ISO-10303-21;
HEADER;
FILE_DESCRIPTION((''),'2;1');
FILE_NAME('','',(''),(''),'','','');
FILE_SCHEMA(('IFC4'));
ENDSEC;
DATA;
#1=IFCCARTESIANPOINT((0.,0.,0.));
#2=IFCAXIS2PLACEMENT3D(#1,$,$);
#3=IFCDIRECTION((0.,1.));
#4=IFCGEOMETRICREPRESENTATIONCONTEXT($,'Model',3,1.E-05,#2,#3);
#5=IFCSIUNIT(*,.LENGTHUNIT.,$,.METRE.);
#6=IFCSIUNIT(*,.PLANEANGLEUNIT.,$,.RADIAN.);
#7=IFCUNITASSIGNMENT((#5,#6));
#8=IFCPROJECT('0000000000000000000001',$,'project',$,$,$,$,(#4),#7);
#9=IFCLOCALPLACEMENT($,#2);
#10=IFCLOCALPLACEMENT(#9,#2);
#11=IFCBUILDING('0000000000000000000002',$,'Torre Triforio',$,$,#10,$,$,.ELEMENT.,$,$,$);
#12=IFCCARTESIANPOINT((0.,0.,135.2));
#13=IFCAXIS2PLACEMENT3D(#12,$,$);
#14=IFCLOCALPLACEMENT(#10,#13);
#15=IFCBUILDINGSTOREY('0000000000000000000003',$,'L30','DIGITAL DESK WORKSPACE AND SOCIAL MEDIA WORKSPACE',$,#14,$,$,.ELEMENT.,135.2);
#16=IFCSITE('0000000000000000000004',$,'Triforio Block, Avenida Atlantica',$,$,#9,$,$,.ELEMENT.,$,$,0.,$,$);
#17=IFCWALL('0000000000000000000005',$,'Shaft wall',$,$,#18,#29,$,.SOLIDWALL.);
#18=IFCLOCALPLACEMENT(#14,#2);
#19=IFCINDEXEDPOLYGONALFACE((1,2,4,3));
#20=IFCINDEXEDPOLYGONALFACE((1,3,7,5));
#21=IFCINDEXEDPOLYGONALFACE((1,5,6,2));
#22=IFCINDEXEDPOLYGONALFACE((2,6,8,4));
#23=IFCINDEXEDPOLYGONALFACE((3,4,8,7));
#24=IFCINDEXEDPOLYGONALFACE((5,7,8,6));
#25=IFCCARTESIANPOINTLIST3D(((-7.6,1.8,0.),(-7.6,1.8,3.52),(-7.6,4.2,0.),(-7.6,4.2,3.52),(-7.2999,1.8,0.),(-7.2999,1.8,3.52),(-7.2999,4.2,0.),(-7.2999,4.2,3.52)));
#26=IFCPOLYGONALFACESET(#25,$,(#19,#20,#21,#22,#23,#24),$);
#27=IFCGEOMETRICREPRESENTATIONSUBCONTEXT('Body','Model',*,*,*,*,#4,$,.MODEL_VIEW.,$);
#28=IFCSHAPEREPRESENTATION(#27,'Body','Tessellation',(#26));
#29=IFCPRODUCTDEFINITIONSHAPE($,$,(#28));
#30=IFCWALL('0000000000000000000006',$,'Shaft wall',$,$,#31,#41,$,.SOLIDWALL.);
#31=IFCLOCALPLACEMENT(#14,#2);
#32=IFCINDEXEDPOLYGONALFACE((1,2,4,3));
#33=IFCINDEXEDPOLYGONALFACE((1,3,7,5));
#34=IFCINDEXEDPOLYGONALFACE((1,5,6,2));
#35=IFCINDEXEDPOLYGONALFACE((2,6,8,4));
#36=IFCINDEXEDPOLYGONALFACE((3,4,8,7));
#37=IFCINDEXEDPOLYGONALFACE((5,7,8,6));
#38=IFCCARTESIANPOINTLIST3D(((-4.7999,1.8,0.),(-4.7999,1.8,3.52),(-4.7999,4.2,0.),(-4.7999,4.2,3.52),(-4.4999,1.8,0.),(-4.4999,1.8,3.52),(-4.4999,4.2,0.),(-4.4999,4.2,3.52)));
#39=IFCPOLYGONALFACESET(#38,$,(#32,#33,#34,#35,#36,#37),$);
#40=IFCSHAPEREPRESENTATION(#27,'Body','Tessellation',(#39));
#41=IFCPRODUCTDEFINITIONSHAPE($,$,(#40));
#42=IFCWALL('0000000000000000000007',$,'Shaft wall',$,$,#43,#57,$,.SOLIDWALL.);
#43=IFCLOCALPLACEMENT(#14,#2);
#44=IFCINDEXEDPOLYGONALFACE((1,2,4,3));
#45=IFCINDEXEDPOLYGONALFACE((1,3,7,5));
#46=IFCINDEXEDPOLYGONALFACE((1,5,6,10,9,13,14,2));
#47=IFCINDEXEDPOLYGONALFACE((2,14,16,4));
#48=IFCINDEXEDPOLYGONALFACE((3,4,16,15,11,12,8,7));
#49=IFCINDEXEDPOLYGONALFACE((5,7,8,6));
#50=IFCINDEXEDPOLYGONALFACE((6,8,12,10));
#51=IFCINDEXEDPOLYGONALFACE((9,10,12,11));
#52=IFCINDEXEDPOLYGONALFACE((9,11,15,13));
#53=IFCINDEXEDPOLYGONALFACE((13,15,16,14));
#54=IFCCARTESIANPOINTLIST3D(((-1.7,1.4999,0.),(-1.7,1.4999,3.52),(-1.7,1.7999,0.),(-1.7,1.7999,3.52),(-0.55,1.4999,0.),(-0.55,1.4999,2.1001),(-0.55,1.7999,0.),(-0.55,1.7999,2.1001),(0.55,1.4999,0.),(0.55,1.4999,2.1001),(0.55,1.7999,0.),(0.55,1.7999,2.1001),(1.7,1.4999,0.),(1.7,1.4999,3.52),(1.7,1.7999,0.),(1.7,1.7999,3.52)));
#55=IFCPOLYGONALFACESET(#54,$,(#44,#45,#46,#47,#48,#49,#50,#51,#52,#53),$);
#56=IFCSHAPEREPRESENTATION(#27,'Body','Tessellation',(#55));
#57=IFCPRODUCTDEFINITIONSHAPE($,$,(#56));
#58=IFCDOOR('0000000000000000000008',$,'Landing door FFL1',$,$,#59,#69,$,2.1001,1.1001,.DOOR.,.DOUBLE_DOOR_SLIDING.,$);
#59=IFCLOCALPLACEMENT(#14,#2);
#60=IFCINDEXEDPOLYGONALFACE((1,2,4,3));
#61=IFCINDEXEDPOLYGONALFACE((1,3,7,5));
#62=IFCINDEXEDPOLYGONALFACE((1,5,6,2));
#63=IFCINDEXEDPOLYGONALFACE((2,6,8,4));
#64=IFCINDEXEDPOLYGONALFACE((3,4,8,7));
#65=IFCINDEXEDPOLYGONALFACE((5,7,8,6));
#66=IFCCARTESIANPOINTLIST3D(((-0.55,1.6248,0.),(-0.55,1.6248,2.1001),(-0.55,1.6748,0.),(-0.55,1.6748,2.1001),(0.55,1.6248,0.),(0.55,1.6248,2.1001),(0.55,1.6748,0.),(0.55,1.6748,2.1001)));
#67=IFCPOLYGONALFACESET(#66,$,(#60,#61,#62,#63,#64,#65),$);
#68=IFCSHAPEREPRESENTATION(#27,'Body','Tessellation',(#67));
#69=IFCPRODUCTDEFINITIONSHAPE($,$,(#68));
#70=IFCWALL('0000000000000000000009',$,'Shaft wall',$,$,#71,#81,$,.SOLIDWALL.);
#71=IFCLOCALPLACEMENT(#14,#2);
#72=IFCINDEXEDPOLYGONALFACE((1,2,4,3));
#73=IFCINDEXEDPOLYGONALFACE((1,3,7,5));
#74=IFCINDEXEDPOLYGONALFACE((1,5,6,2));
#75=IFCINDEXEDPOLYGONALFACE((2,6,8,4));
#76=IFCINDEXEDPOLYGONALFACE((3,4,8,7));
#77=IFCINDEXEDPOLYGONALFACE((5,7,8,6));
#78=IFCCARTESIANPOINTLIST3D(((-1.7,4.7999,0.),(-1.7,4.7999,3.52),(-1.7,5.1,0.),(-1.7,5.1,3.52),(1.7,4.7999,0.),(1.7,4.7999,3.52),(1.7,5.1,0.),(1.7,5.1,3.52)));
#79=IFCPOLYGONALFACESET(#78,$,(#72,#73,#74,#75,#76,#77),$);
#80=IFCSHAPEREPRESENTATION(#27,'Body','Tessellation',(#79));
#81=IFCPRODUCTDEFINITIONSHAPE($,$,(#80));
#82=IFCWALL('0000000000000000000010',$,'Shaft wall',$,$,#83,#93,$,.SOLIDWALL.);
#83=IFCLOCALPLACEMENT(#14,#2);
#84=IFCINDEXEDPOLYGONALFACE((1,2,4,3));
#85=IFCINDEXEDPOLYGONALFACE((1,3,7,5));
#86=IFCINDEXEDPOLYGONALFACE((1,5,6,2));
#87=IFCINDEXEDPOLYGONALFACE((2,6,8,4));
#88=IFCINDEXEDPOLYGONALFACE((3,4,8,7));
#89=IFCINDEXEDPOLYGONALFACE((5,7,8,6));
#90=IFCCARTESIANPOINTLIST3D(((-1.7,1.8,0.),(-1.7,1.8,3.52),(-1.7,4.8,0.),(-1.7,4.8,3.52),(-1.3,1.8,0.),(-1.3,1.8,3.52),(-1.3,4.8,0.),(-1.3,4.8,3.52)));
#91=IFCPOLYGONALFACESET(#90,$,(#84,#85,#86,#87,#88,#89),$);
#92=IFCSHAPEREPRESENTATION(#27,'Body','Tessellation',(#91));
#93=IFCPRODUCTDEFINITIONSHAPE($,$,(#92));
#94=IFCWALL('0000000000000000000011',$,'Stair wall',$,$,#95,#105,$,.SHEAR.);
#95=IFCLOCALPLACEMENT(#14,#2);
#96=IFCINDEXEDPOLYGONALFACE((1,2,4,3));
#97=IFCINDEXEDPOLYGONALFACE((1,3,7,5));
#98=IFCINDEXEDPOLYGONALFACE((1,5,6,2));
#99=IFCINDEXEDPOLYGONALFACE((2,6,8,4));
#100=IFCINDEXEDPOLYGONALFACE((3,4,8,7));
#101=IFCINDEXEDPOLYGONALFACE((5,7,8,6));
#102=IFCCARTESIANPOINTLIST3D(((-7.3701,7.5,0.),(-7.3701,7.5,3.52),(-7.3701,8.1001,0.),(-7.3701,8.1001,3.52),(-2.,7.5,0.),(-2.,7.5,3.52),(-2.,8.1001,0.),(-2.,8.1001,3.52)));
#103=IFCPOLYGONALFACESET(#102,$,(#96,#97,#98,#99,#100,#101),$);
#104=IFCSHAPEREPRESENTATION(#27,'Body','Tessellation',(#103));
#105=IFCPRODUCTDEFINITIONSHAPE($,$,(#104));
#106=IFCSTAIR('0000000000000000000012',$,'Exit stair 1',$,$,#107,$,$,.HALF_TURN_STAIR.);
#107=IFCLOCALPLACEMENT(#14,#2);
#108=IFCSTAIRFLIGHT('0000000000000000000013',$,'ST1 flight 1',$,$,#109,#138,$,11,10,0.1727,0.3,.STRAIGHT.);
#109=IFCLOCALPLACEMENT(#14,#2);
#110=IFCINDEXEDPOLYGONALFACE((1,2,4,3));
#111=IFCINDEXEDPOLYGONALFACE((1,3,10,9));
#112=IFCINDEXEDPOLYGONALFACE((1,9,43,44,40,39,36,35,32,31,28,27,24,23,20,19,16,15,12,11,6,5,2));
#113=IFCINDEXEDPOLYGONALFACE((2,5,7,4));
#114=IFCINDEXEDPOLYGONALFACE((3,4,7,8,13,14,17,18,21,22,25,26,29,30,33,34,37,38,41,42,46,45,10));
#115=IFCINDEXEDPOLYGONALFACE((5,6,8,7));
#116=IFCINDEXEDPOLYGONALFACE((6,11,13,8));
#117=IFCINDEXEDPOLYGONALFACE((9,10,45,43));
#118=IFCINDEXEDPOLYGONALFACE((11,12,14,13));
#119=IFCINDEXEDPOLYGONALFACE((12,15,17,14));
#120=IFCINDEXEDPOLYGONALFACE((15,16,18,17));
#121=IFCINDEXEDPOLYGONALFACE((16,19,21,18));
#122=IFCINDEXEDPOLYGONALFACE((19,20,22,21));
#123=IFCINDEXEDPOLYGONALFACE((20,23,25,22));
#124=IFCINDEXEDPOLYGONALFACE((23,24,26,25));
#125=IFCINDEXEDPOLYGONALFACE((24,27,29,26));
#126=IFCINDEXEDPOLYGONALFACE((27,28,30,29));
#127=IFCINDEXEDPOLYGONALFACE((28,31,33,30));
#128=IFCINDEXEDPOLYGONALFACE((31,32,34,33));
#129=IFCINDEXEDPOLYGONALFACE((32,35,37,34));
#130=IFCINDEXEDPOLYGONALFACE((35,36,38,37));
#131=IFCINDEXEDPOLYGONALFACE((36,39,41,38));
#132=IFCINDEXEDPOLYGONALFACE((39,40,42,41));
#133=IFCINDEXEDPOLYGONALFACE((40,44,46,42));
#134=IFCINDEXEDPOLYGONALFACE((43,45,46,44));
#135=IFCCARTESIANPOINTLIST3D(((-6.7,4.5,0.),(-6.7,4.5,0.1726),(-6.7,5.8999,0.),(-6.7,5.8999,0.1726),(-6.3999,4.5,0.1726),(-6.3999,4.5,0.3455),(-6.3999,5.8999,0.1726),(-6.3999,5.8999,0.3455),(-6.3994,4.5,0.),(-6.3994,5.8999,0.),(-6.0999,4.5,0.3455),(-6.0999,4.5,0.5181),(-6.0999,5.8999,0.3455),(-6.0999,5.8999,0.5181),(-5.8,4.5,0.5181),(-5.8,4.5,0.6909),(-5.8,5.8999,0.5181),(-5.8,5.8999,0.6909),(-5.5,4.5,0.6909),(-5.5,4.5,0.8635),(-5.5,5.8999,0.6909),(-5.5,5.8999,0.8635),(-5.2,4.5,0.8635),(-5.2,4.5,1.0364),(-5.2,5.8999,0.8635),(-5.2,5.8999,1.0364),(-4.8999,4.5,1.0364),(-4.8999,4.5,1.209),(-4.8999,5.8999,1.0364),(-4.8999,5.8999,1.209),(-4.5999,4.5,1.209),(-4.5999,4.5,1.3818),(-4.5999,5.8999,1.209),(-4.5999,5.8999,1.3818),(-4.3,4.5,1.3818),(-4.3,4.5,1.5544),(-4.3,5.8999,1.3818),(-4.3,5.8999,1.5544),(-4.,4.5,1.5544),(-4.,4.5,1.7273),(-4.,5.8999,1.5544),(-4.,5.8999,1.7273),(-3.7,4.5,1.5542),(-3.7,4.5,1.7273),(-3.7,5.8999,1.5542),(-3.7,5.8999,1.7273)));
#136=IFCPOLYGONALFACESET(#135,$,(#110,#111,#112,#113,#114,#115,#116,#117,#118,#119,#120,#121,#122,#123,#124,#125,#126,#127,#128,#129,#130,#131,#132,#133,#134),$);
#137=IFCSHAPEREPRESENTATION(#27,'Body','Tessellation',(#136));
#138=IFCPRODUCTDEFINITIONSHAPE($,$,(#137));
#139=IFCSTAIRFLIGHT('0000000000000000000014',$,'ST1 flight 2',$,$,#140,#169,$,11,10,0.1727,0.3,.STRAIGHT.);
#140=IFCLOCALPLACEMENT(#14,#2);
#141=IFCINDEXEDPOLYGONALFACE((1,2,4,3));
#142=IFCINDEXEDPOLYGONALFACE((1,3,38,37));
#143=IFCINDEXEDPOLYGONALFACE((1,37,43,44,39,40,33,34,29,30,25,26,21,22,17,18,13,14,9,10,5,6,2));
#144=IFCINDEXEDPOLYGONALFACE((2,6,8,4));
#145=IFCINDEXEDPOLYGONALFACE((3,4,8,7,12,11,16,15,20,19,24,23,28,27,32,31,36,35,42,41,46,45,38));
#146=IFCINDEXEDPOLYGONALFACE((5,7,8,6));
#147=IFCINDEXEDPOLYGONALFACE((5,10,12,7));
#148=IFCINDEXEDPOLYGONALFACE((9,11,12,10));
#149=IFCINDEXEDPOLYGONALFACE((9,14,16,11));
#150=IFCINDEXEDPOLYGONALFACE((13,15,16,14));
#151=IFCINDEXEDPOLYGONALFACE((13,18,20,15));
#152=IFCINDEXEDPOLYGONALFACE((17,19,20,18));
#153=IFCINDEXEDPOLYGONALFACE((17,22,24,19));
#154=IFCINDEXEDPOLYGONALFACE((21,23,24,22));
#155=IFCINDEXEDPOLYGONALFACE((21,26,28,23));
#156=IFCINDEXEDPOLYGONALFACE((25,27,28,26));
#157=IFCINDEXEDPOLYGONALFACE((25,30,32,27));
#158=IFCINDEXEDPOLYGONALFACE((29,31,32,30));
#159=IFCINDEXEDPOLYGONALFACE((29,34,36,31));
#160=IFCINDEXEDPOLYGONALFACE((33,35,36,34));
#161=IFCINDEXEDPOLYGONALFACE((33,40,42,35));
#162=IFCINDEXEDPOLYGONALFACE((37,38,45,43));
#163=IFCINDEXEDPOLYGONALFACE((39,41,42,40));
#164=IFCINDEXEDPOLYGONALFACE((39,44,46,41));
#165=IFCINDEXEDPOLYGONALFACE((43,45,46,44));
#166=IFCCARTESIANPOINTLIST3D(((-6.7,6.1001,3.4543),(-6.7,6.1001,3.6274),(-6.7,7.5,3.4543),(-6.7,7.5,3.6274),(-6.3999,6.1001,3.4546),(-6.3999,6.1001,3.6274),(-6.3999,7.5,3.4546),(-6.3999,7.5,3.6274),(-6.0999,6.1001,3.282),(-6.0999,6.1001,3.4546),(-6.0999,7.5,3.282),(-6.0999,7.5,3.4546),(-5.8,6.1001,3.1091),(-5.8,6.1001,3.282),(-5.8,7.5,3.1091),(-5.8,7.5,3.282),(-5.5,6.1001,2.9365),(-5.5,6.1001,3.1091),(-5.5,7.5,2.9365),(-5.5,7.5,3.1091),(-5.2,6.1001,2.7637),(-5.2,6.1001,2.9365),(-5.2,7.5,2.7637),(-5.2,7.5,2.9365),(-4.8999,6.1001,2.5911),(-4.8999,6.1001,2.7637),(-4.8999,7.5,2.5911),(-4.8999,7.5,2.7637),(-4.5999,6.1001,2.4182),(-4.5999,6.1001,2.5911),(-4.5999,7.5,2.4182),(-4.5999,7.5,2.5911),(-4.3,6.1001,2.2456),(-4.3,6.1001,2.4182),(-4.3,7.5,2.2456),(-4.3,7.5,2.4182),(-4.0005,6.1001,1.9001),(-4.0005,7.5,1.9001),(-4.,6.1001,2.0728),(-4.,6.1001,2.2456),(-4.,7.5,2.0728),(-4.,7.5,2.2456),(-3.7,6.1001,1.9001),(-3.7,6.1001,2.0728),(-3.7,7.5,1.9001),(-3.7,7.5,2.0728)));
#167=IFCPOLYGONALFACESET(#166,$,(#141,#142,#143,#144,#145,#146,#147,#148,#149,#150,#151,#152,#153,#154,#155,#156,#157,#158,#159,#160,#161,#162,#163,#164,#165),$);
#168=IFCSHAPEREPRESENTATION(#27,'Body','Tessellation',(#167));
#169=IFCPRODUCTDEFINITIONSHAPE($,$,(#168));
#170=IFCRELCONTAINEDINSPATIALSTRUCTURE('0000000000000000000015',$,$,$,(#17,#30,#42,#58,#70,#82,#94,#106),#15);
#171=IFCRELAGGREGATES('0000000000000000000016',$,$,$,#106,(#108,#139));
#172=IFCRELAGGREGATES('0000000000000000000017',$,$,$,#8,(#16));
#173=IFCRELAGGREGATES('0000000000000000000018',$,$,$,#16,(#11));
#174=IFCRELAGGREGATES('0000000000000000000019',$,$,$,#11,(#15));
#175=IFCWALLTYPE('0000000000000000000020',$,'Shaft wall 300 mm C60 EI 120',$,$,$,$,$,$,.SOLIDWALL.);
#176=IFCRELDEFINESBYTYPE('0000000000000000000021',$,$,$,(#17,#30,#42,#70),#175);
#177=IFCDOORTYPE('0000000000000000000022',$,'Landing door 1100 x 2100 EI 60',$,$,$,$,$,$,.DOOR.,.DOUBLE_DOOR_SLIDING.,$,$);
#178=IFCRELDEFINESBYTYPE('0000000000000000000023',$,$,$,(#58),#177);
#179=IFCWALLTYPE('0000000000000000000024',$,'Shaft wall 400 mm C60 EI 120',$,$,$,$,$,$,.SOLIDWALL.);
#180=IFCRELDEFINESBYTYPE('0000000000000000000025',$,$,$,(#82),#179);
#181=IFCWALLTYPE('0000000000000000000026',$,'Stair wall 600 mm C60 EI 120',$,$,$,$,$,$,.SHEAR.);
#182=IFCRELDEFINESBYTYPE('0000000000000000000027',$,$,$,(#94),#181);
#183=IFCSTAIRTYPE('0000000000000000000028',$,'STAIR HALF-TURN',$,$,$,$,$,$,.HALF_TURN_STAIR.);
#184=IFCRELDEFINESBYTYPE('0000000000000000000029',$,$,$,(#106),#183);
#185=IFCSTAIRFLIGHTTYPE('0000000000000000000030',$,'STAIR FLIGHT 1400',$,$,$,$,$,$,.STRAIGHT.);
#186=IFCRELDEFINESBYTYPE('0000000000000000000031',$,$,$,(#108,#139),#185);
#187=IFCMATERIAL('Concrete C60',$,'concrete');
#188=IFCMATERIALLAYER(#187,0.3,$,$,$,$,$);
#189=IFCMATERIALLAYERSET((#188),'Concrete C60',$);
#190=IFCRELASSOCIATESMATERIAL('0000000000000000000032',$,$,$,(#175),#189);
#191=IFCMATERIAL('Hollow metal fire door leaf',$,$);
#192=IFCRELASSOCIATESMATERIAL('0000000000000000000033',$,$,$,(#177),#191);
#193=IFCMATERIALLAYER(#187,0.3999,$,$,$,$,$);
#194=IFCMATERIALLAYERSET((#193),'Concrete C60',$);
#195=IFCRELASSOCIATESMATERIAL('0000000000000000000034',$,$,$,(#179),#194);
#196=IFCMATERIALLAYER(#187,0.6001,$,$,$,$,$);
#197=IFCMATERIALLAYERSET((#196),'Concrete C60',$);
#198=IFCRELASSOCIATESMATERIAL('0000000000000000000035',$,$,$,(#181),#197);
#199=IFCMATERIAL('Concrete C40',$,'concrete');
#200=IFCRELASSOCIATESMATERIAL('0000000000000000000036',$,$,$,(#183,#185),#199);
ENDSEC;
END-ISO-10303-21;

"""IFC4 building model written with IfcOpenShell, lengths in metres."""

from ifc_helpers import new_model, si_unit, direction, frame, frame_2d, origin, place, context, subcontext, project, spatial, polyline, rectangle, outline, extrude, material, layer, layer_set, type_object, element, fill, aggregate, save


model = new_model("IFC4")

# Units and contexts
model_context = context("Model", 3, precision=1e-05, world=origin(), true_north=direction((0.0, 1.0)))
body_context = subcontext(model_context, "Body", "Model", "MODEL_VIEW")
ifc_project = project(units=[si_unit("LENGTHUNIT", "METRE"), si_unit("PLANEANGLEUNIT", "RADIAN")], contexts=[model_context])

# Site, building, storey
site_placement = place(None, origin())
site = spatial("IfcSite", under=ifc_project, at=site_placement, Name="Triforio Block, Avenida Atlantica", CompositionType="ELEMENT", RefElevation=0.0)
building_placement = place(site_placement, origin())
building = spatial("IfcBuilding", under=site, at=building_placement, Name="Torre Triforio", CompositionType="ELEMENT")
storey_placement = place(building_placement, frame((0.0, 0.0, 135.2)))
storey = spatial("IfcBuildingStorey", under=building, at=storey_placement, Name="L30", Description="DIGITAL DESK WORKSPACE AND SOCIAL MEDIA WORKSPACE", CompositionType="ELEMENT", Elevation=135.2)

# Walls
ifc_material_1 = material(Name="Concrete C60", Category="concrete")
ifc_layer_1 = layer(ifc_material_1, 0.3)
ifc_layer_set_1 = layer_set([ifc_layer_1], Name="Concrete C60")
wall_type_1 = type_object("IfcWallType", Name="Shaft wall 300 mm C60 EI 120", PredefinedType="SOLIDWALL", material=ifc_layer_set_1)
for number, where, z_axis, x_axis, name in (
    (1, (-7.45, 1.8, 0.0), (0.0, 0.0, 1.0), (0.0, 1.0, 0.0), "Shaft wall"),
    (2, (-4.6499, 1.8, 0.0), (0.0, 0.0, 1.0), (0.0, 1.0, 0.0), "Shaft wall"),
):
    element("IfcWall", number, at=place(storey_placement, frame(where, z_axis=z_axis, x_axis=x_axis)), inside=storey, type_object=wall_type_1, Name=name, PredefinedType="SOLIDWALL", context=body_context, shape_type="SweptSolid", body=[
        extrude(rectangle(XDim=2.3999, YDim=0.3, at=frame_2d((1.2, 0.0))), origin(), (0.0, 0.0, 1.0), 3.52),
    ])

# Wall, opening, door
wall_1_placement = place(storey_placement, frame((-1.7, 1.6499, 0.0), z_axis=(0.0, 0.0, 1.0), x_axis=(1.0, 0.0, 0.0)))
wall_1 = element("IfcWall", 3, at=wall_1_placement, inside=storey, type_object=wall_type_1, Name="Shaft wall", PredefinedType="SOLIDWALL", context=body_context, shape_type="SweptSolid", body=[
    extrude(rectangle(XDim=3.3999, YDim=0.3, at=frame_2d((1.7, 0.0))), origin(), (0.0, 0.0, 1.0), 3.52),
])
opening_placement = place(wall_1_placement, frame((1.1499, 0.0, 0.0)))
opening = element("IfcOpeningElement", 4, at=opening_placement, cuts=wall_1, PredefinedType="OPENING", context=body_context, shape_type="SweptSolid", body=[
    extrude(rectangle(XDim=1.1001, YDim=2.1001, at=frame_2d((0.55, 1.05))), frame((0.0, 0.1599, 0.0), z_axis=(0.0, -1.0, 0.0), x_axis=(1.0, 0.0, 0.0)), (0.0, 0.0, 1.0), 0.3201),
])
ifc_material_2 = material(Name="Hollow metal fire door leaf")
door_type = type_object("IfcDoorType", Name="Landing door 1100 x 2100 EI 60", OperationType="DOUBLE_DOOR_SLIDING", PredefinedType="DOOR", material=ifc_material_2)
door_placement = place(opening_placement, origin())
door = element("IfcDoor", 5, at=door_placement, inside=storey, type_object=door_type, Name="Landing door FFL1", OperationType="DOUBLE_DOOR_SLIDING", OverallHeight=2.1001, OverallWidth=1.1001, PredefinedType="DOOR", context=body_context, shape_type="SweptSolid", body=[
    extrude(rectangle(XDim=1.1001, YDim=2.1001, at=frame_2d((0.55, 1.05))), frame((0.0, 0.0249, 0.0), z_axis=(0.0, -1.0, 0.0), x_axis=(1.0, 0.0, 0.0)), (0.0, 0.0, 1.0), 0.05),
])
fill(opening, door)

# Walls
wall_2_placement = place(storey_placement, frame((-1.7, 4.95, 0.0), z_axis=(0.0, 0.0, 1.0), x_axis=(1.0, 0.0, 0.0)))
element("IfcWall", 6, at=wall_2_placement, inside=storey, type_object=wall_type_1, Name="Shaft wall", PredefinedType="SOLIDWALL", context=body_context, shape_type="SweptSolid", body=[
    extrude(rectangle(XDim=3.3999, YDim=0.3, at=frame_2d((1.7, 0.0))), origin(), (0.0, 0.0, 1.0), 3.52),
])
ifc_layer_2 = layer(ifc_material_1, 0.3999)
ifc_layer_set_2 = layer_set([ifc_layer_2], Name="Concrete C60")
wall_type_2 = type_object("IfcWallType", Name="Shaft wall 400 mm C60 EI 120", PredefinedType="SOLIDWALL", material=ifc_layer_set_2)
wall_3_placement = place(storey_placement, frame((-1.5, 1.8, 0.0), z_axis=(0.0, 0.0, 1.0), x_axis=(0.0, 1.0, 0.0)))
element("IfcWall", 7, at=wall_3_placement, inside=storey, type_object=wall_type_2, Name="Shaft wall", PredefinedType="SOLIDWALL", context=body_context, shape_type="SweptSolid", body=[
    extrude(rectangle(XDim=3.0, YDim=0.3999, at=frame_2d((1.5, 0.0))), origin(), (0.0, 0.0, 1.0), 3.52),
])
ifc_layer_3 = layer(ifc_material_1, 0.6001)
ifc_layer_set_3 = layer_set([ifc_layer_3], Name="Concrete C60")
wall_type_3 = type_object("IfcWallType", Name="Stair wall 600 mm C60 EI 120", PredefinedType="SHEAR", material=ifc_layer_set_3)
wall_4_placement = place(storey_placement, frame((-7.3701, 7.8, 0.0), z_axis=(0.0, 0.0, 1.0), x_axis=(1.0, 0.0, 0.0)))
element("IfcWall", 8, at=wall_4_placement, inside=storey, type_object=wall_type_3, Name="Stair wall", PredefinedType="SHEAR", context=body_context, shape_type="SweptSolid", body=[
    extrude(rectangle(XDim=5.3701, YDim=0.6001, at=frame_2d((2.6851, 0.0))), origin(), (0.0, 0.0, 1.0), 3.52),
])

# Stair, stair flights
ifc_material_3 = material(Name="Concrete C40", Category="concrete")
stair_type = type_object("IfcStairType", Name="STAIR HALF-TURN", PredefinedType="HALF_TURN_STAIR", material=ifc_material_3)
stair_placement = place(storey_placement, origin())
stair = element("IfcStair", 9, at=stair_placement, inside=storey, type_object=stair_type, Name="Exit stair 1", PredefinedType="HALF_TURN_STAIR")
stair_flight_type = type_object("IfcStairFlightType", Name="STAIR FLIGHT 1400", PredefinedType="STRAIGHT", material=ifc_material_3)
stair_flight_1_placement = place(storey_placement, frame((-6.7, 5.2, 0.0), z_axis=(0.0, 0.0, 1.0), x_axis=(1.0, 0.0, 0.0)))
stair_flight_1 = element("IfcStairFlight", 10, at=stair_flight_1_placement, type_object=stair_flight_type, Name="ST1 flight 1", NumberOfRisers=11, NumberOfTreads=10, PredefinedType="STRAIGHT", RiserHeight=0.1727, TreadLength=0.3, context=body_context, shape_type="SweptSolid", body=[
    extrude(outline(polyline([(0.0, 0.0), (0.0, 0.1726), (0.3, 0.1726), (0.3, 0.3455), (0.6001, 0.3455), (0.6001, 0.5181), (0.8999, 0.5181), (0.8999, 0.6909), (1.2, 0.6909), (1.2, 0.8635), (1.5, 0.8635), (1.5, 1.0364), (1.8, 1.0364), (1.8, 1.209), (2.1001, 1.209), (2.1001, 1.3818), (2.3999, 1.3818), (2.3999, 1.5544), (2.7, 1.5544), (2.7, 1.7273), (3.0, 1.7273), (3.0, 1.8999), (3.0, 1.5542), (0.3005, 0.0), (0.0, 0.0)])), frame((0.0, 0.7, 0.0), z_axis=(0.0, -1.0, 0.0), x_axis=(1.0, 0.0, 0.0)), (0.0, 0.0, 1.0), 1.3999),
])
stair_flight_2_placement = place(storey_placement, frame((-3.7, 6.8, 1.9001), z_axis=(0.0, 0.0, 1.0), x_axis=(-1.0, 0.0, 0.0)))
stair_flight_2 = element("IfcStairFlight", 11, at=stair_flight_2_placement, type_object=stair_flight_type, Name="ST1 flight 2", NumberOfRisers=11, NumberOfTreads=10, PredefinedType="STRAIGHT", RiserHeight=0.1727, TreadLength=0.3, context=body_context, shape_type="SweptSolid", body=[
    extrude(outline(polyline([(0.0, 0.0), (0.0, 0.1726), (0.3, 0.1726), (0.3, 0.3455), (0.6001, 0.3455), (0.6001, 0.5181), (0.8999, 0.5181), (0.8999, 0.6909), (1.2, 0.6909), (1.2, 0.8635), (1.5, 0.8635), (1.5, 1.0364), (1.8, 1.0364), (1.8, 1.209), (2.1001, 1.209), (2.1001, 1.3818), (2.3999, 1.3818), (2.3999, 1.5544), (2.7, 1.5544), (2.7, 1.7273), (3.0, 1.7273), (3.0, 1.8999), (3.0, 1.5542), (0.3005, 0.0), (0.0, 0.0)])), frame((0.0, 0.7, 0.0), z_axis=(0.0, -1.0, 0.0), x_axis=(1.0, 0.0, 0.0)), (0.0, 0.0, 1.0), 1.3999),
])
aggregate(stair, [stair_flight_1, stair_flight_2])

save(model, "model.ifc")
